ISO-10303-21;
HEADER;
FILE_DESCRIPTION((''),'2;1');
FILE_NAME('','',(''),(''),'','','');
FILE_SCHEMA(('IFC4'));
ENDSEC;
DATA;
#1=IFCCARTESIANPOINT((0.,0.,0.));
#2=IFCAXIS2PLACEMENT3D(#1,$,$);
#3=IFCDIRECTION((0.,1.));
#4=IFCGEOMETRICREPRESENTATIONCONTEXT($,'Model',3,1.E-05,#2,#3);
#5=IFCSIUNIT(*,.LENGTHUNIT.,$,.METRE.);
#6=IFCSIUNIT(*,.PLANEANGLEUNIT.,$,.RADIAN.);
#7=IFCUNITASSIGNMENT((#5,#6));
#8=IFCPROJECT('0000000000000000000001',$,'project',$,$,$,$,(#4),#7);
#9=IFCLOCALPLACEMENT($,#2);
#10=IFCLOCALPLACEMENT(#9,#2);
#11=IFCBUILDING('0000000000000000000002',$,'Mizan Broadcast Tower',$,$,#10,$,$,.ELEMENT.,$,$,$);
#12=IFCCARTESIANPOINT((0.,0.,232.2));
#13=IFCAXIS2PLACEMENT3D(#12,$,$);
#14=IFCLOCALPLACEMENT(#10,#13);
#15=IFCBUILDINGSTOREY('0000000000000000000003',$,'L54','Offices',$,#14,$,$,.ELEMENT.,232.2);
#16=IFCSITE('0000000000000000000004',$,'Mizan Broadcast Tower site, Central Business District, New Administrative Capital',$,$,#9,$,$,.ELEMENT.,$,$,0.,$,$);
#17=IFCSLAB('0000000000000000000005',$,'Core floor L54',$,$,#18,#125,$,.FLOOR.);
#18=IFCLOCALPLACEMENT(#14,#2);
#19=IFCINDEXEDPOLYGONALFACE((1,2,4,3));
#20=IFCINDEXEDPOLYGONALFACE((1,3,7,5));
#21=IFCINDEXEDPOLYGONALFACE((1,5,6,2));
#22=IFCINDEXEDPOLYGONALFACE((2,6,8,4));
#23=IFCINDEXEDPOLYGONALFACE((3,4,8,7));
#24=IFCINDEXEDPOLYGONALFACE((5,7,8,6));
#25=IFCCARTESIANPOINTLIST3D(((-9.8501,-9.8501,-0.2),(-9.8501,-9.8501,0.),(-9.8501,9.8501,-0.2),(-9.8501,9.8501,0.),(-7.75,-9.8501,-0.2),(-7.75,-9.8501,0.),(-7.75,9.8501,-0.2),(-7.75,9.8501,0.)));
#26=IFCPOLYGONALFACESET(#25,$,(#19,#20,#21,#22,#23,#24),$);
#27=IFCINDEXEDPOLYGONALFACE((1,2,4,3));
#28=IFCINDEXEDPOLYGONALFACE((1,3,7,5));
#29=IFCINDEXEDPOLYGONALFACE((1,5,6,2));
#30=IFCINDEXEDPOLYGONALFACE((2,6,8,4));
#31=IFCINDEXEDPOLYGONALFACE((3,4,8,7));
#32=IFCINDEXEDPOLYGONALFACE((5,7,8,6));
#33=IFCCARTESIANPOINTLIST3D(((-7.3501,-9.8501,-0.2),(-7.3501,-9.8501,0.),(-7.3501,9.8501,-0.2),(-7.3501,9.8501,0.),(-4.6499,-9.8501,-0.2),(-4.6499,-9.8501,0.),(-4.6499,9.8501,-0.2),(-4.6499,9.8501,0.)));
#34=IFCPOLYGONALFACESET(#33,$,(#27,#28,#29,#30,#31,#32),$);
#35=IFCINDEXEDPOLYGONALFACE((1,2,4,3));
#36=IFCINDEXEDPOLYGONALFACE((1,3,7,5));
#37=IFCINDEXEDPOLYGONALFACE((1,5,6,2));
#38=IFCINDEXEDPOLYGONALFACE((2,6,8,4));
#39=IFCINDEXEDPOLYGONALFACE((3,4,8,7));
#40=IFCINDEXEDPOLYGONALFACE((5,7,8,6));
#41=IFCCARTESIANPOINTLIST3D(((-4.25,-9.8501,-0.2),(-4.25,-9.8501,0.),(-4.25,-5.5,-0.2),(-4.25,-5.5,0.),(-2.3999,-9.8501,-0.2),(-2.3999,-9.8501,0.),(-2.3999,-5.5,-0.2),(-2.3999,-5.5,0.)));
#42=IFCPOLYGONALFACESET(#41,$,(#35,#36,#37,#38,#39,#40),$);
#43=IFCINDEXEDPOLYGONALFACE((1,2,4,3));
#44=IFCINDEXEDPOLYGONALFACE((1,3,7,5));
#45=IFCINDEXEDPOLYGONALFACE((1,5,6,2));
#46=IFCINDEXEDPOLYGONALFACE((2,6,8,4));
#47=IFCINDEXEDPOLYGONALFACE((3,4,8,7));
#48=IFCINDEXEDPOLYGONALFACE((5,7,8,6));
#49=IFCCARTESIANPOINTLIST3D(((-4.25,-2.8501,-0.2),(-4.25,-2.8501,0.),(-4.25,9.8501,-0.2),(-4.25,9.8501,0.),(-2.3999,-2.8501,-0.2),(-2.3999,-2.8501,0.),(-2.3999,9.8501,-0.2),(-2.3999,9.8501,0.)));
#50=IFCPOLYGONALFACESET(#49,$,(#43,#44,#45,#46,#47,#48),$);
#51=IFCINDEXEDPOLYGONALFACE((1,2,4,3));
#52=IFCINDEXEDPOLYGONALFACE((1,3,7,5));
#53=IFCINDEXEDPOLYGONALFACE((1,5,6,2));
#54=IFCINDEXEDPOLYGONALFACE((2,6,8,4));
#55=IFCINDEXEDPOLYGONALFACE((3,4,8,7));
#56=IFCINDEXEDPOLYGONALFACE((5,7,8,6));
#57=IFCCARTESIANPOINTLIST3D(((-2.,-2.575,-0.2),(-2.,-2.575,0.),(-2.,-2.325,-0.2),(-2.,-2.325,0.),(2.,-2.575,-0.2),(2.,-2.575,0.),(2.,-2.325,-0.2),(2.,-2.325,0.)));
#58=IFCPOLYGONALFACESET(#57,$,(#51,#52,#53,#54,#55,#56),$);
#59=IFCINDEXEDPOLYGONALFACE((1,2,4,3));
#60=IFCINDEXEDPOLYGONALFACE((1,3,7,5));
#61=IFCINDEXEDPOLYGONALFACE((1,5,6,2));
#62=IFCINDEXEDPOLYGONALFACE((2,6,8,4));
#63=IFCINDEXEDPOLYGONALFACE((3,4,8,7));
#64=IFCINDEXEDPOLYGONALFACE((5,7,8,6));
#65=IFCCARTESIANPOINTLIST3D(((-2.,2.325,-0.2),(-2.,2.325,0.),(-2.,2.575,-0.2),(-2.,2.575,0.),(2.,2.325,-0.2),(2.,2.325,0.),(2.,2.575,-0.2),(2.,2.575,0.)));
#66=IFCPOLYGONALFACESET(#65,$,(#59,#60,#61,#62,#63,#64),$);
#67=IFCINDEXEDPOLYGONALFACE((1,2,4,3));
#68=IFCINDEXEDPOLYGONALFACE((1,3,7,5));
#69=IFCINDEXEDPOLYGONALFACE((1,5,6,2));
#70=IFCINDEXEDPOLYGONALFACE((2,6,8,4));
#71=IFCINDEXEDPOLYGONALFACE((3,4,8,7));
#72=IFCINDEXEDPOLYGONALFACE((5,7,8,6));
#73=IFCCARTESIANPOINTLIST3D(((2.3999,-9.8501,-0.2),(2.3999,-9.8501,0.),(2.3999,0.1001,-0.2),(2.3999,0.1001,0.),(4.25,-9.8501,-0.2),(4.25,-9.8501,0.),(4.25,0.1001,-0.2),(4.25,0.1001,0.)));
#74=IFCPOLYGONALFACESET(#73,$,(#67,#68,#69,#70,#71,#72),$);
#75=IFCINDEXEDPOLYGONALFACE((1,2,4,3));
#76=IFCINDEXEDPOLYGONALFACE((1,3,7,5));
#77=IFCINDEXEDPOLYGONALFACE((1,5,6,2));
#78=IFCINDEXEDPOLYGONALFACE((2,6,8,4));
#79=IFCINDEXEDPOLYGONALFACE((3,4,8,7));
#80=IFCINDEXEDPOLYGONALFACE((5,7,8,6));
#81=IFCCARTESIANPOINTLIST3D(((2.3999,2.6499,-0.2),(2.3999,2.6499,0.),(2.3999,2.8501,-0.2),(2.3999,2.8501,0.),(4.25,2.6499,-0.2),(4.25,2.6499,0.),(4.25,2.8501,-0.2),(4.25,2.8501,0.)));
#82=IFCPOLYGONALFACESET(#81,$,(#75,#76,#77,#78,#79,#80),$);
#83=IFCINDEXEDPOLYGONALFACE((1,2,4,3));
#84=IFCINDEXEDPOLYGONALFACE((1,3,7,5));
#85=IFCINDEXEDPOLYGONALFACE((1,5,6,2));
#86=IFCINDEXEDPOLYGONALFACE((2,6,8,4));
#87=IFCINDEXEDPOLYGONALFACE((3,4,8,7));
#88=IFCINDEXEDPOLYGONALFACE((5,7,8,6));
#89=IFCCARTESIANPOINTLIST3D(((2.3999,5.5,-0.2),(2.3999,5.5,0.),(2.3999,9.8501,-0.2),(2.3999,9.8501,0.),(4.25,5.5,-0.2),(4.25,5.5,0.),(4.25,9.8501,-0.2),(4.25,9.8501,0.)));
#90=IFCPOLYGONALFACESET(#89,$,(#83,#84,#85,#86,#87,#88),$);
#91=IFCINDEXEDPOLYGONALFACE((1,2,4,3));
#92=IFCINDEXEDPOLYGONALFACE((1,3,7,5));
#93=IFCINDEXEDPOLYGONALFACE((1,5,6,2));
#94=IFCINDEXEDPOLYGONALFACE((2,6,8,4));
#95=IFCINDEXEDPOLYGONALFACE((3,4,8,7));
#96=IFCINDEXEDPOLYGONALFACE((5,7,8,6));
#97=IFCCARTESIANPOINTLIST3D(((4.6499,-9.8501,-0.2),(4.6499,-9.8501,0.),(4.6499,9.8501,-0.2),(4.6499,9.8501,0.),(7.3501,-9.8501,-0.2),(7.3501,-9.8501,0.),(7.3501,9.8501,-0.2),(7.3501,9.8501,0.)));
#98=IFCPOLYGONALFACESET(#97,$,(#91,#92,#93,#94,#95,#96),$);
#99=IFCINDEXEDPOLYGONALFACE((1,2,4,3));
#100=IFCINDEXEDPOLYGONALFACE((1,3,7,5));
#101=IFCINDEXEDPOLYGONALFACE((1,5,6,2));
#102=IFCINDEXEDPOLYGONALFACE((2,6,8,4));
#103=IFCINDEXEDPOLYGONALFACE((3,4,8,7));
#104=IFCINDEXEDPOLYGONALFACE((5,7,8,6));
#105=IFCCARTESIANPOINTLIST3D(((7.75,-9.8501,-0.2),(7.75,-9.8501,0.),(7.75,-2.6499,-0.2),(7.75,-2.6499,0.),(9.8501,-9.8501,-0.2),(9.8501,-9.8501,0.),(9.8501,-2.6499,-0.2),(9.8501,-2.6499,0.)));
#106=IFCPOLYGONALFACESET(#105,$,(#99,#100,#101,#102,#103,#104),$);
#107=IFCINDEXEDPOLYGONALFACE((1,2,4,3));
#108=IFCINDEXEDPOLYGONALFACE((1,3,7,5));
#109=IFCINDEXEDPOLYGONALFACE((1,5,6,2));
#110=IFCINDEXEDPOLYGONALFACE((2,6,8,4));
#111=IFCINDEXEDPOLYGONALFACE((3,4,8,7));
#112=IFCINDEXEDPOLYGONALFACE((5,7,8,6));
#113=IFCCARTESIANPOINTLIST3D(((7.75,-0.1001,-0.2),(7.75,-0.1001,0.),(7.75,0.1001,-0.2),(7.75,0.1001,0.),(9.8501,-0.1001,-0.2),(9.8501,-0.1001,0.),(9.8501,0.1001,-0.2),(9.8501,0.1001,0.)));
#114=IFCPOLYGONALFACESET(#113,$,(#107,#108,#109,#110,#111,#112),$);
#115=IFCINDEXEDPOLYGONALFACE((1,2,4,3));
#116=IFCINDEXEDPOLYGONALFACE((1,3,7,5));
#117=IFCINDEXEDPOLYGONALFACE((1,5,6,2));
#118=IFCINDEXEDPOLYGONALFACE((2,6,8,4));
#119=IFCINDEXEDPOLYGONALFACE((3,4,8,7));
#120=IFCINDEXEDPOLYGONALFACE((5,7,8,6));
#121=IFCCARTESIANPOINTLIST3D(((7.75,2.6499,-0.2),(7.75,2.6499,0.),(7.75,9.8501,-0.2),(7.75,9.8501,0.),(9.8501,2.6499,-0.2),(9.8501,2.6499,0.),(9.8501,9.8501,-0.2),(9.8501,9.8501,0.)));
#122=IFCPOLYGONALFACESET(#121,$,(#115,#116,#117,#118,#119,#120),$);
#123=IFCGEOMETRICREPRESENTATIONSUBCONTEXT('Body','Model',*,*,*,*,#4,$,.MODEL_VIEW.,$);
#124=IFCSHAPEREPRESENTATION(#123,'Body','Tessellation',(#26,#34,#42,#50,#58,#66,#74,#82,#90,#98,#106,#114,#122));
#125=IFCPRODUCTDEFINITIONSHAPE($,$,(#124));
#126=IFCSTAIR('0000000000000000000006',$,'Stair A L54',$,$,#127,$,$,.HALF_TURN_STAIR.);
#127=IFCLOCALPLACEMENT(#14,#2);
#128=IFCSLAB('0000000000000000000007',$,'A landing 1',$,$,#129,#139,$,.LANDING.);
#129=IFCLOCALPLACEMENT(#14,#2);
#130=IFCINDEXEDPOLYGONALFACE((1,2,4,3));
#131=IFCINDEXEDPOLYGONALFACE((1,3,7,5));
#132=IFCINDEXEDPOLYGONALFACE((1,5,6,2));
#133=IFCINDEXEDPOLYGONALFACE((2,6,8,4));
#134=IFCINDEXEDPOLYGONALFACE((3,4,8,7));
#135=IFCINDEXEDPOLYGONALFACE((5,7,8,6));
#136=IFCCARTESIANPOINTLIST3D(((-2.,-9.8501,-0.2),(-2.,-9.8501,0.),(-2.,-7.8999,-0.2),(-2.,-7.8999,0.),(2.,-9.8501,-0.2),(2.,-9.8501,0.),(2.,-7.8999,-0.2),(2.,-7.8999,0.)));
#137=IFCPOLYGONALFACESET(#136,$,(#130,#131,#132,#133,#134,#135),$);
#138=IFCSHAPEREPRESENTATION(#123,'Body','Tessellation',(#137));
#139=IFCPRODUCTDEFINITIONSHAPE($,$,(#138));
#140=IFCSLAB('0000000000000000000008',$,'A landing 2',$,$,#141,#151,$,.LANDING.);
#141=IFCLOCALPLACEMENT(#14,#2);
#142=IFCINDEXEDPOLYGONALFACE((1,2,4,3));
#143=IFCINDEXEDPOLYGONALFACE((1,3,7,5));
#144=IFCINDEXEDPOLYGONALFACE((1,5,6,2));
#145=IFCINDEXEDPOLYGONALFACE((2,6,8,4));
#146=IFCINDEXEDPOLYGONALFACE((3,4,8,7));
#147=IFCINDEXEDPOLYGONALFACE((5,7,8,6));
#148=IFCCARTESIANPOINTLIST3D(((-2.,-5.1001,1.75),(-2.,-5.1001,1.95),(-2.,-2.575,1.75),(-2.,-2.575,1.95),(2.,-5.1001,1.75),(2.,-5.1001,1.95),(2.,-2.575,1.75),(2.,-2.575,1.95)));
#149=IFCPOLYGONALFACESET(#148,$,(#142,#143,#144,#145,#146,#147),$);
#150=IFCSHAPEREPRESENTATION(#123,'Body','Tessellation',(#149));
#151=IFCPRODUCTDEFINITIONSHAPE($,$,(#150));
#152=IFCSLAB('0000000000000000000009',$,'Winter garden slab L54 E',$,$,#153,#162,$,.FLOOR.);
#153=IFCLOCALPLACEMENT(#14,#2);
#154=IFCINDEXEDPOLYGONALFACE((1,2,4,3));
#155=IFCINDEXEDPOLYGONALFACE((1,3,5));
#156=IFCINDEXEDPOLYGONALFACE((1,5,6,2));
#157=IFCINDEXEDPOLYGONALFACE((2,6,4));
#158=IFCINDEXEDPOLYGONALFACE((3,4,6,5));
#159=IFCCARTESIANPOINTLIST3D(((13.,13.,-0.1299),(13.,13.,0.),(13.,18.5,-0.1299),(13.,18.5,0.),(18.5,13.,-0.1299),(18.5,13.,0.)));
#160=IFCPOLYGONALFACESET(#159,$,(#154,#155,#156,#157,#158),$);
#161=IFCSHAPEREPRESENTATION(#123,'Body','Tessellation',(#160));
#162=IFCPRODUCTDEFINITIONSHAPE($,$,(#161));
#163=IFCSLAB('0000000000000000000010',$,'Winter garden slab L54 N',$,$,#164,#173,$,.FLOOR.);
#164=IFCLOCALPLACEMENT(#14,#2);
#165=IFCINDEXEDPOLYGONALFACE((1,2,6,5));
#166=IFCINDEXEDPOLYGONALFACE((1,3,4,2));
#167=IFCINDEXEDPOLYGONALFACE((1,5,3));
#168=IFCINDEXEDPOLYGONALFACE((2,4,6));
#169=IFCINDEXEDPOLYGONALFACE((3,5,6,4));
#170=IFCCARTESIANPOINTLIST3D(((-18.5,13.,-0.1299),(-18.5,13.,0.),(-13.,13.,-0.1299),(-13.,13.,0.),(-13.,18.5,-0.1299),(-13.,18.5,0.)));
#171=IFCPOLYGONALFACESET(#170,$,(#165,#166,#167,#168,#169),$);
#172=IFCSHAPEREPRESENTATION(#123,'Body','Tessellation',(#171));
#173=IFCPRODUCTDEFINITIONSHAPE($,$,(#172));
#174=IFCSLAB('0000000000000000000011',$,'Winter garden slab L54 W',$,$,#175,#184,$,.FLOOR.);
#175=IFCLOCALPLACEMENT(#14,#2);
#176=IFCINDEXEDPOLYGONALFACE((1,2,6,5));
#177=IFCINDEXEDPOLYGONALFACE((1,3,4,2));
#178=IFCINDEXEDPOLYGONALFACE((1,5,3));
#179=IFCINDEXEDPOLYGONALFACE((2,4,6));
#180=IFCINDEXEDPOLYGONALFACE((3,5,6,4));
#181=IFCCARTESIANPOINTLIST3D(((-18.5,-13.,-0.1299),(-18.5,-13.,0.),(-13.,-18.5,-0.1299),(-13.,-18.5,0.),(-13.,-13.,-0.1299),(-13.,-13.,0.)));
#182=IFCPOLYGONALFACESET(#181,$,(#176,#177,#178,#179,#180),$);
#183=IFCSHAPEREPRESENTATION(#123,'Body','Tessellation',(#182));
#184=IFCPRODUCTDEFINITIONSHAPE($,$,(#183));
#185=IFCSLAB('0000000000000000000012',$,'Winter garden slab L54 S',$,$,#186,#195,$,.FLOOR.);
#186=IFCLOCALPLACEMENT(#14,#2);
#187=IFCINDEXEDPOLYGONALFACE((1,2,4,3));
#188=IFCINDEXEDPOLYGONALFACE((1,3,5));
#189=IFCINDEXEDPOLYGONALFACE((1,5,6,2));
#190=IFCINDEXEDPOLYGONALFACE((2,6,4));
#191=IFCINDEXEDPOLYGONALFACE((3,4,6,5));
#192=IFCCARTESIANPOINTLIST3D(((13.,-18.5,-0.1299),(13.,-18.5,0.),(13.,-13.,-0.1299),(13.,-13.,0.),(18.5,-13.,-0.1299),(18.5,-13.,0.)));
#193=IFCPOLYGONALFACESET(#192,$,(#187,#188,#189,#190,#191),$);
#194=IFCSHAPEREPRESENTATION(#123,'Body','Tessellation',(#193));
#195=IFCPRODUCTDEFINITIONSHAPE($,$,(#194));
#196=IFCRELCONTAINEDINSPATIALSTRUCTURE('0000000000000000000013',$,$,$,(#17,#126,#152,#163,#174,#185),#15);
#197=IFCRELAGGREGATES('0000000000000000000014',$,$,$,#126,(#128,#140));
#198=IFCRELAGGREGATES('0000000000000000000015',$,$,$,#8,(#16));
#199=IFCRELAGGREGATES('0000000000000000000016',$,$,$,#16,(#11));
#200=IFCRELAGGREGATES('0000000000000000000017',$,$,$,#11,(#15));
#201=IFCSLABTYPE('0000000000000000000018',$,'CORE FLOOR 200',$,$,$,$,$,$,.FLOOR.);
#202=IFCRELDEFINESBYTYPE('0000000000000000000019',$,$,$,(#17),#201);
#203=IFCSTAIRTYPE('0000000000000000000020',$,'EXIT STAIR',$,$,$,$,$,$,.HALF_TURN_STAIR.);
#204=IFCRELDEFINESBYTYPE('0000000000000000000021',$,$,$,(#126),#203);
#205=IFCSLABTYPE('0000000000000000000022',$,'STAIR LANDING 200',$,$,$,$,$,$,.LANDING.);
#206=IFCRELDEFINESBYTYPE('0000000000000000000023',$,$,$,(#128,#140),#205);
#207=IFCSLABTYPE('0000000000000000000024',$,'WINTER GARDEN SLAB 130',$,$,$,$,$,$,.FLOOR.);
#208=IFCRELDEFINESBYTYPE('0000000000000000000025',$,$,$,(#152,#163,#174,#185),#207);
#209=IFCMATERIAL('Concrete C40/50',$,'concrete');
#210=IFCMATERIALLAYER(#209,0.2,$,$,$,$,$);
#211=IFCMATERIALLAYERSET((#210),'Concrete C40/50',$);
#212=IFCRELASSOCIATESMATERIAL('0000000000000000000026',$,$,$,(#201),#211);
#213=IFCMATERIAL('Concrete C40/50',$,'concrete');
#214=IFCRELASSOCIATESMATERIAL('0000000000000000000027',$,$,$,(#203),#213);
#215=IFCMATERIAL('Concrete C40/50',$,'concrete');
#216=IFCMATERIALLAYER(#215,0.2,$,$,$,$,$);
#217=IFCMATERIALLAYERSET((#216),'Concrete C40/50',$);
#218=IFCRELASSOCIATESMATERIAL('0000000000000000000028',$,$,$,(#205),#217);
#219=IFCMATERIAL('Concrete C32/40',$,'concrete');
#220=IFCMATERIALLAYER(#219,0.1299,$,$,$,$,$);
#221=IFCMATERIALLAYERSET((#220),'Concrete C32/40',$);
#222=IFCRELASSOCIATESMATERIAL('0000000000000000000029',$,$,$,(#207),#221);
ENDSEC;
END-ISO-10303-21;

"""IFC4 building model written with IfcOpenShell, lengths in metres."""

from ifc_helpers import new_model, si_unit, direction, frame, origin, place, context, subcontext, project, spatial, polyline, outline, extrude, material, layer, layer_set, type_object, element, aggregate, save


model = new_model("IFC4")

# Units and contexts
model_context = context("Model", 3, precision=1e-05, world=origin(), true_north=direction((0.0, 1.0)))
body_context = subcontext(model_context, "Body", "Model", "MODEL_VIEW")
ifc_project = project(units=[si_unit("LENGTHUNIT", "METRE"), si_unit("PLANEANGLEUNIT", "RADIAN")], contexts=[model_context])

# Site, building, storey
site_placement = place(None, origin())
site = spatial("IfcSite", under=ifc_project, at=site_placement, Name="Mizan Broadcast Tower site, Central Business District, New Administrative Capital", CompositionType="ELEMENT", RefElevation=0.0)
building_placement = place(site_placement, origin())
building = spatial("IfcBuilding", under=site, at=building_placement, Name="Mizan Broadcast Tower", CompositionType="ELEMENT")
storey_placement = place(building_placement, frame((0.0, 0.0, 232.2)))
storey = spatial("IfcBuildingStorey", under=building, at=storey_placement, Name="L54", Description="Offices", CompositionType="ELEMENT", Elevation=232.2)

# Slab
ifc_material_1 = material(Name="Concrete C40/50", Category="concrete")
ifc_layer_1 = layer(ifc_material_1, 0.2)
ifc_layer_set_1 = layer_set([ifc_layer_1], Name="Concrete C40/50")
slab_type_1 = type_object("IfcSlabType", Name="CORE FLOOR 200", PredefinedType="FLOOR", material=ifc_layer_set_1)
slab_1_placement = place(storey_placement, frame((0.0, 0.0, -0.2)))
element("IfcSlab", 1, at=slab_1_placement, inside=storey, type_object=slab_type_1, Name="Core floor L54", PredefinedType="FLOOR", context=body_context, shape_type="SweptSolid", body=[
    extrude(outline(polyline([(-9.8501, -9.8501), (-7.75, -9.8501), (-7.75, 9.8501), (-9.8501, 9.8501), (-9.8501, -9.8501)])), origin(), (0.0, 0.0, 1.0), 0.2),
    extrude(outline(polyline([(-4.6499, 9.8501), (-7.3501, 9.8501), (-7.3501, -9.8501), (-4.6499, -9.8501), (-4.6499, 9.8501)])), origin(), (0.0, 0.0, 1.0), 0.2),
    extrude(outline(polyline([(-4.25, -5.5), (-4.25, -9.8501), (-2.3999, -9.8501), (-2.3999, -5.5), (-4.25, -5.5)])), origin(), (0.0, 0.0, 1.0), 0.2),
    extrude(outline(polyline([(-4.25, -2.8501), (-2.3999, -2.8501), (-2.3999, 9.8501), (-4.25, 9.8501), (-4.25, -2.8501)])), origin(), (0.0, 0.0, 1.0), 0.2),
    extrude(outline(polyline([(2.0, -2.325), (-2.0, -2.325), (-2.0, -2.575), (2.0, -2.575), (2.0, -2.325)])), origin(), (0.0, 0.0, 1.0), 0.2),
    extrude(outline(polyline([(2.0, 2.575), (-2.0, 2.575), (-2.0, 2.325), (2.0, 2.325), (2.0, 2.575)])), origin(), (0.0, 0.0, 1.0), 0.2),
    extrude(outline(polyline([(4.25, -9.8501), (4.25, 0.1001), (2.3999, 0.1001), (2.3999, -9.8501), (4.25, -9.8501)])), origin(), (0.0, 0.0, 1.0), 0.2),
    extrude(outline(polyline([(4.25, 2.6499), (4.25, 2.8501), (2.3999, 2.8501), (2.3999, 2.6499), (4.25, 2.6499)])), origin(), (0.0, 0.0, 1.0), 0.2),
    extrude(outline(polyline([(4.25, 5.5), (4.25, 9.8501), (2.3999, 9.8501), (2.3999, 5.5), (4.25, 5.5)])), origin(), (0.0, 0.0, 1.0), 0.2),
    extrude(outline(polyline([(4.6499, 9.8501), (4.6499, -9.8501), (7.3501, -9.8501), (7.3501, 9.8501), (4.6499, 9.8501)])), origin(), (0.0, 0.0, 1.0), 0.2),
    extrude(outline(polyline([(9.8501, -9.8501), (9.8501, -2.6499), (7.75, -2.6499), (7.75, -9.8501), (9.8501, -9.8501)])), origin(), (0.0, 0.0, 1.0), 0.2),
    extrude(outline(polyline([(9.8501, -0.1001), (9.8501, 0.1001), (7.75, 0.1001), (7.75, -0.1001), (9.8501, -0.1001)])), origin(), (0.0, 0.0, 1.0), 0.2),
    extrude(outline(polyline([(7.75, 9.8501), (7.75, 2.6499), (9.8501, 2.6499), (9.8501, 9.8501), (7.75, 9.8501)])), origin(), (0.0, 0.0, 1.0), 0.2),
])

# Stair, slabs
ifc_material_2 = material(Name="Concrete C40/50", Category="concrete")
stair_type = type_object("IfcStairType", Name="EXIT STAIR", PredefinedType="HALF_TURN_STAIR", material=ifc_material_2)
stair_placement = place(storey_placement, origin())
stair = element("IfcStair", 2, at=stair_placement, inside=storey, type_object=stair_type, Name="Stair A L54", PredefinedType="HALF_TURN_STAIR")
ifc_material_3 = material(Name="Concrete C40/50", Category="concrete")
ifc_layer_2 = layer(ifc_material_3, 0.2)
ifc_layer_set_2 = layer_set([ifc_layer_2], Name="Concrete C40/50")
slab_type_2 = type_object("IfcSlabType", Name="STAIR LANDING 200", PredefinedType="LANDING", material=ifc_layer_set_2)
slab_2_placement = place(storey_placement, frame((0.0, 0.0, -0.2)))
slab_2 = element("IfcSlab", 3, at=slab_2_placement, type_object=slab_type_2, Name="A landing 1", PredefinedType="LANDING", context=body_context, shape_type="SweptSolid", body=[
    extrude(outline(polyline([(-2.0, -9.8501), (-2.0, -7.8999), (2.0, -7.8999), (2.0, -9.8501), (-2.0, -9.8501)])), origin(), (0.0, 0.0, 1.0), 0.2),
])
slab_3_placement = place(storey_placement, frame((0.0, 0.0, 1.75)))
slab_3 = element("IfcSlab", 4, at=slab_3_placement, type_object=slab_type_2, Name="A landing 2", PredefinedType="LANDING", context=body_context, shape_type="SweptSolid", body=[
    extrude(outline(polyline([(-2.0, -5.1001), (-2.0, -2.575), (2.0, -2.575), (2.0, -5.1001), (-2.0, -5.1001)])), origin(), (0.0, 0.0, 1.0), 0.2),
])

# Slabs
ifc_material_4 = material(Name="Concrete C32/40", Category="concrete")
ifc_layer_3 = layer(ifc_material_4, 0.1299)
ifc_layer_set_3 = layer_set([ifc_layer_3], Name="Concrete C32/40")
slab_type_3 = type_object("IfcSlabType", Name="WINTER GARDEN SLAB 130", PredefinedType="FLOOR", material=ifc_layer_set_3)
slab_4_placement = place(storey_placement, frame((0.0, 0.0, -0.1299)))
element("IfcSlab", 5, at=slab_4_placement, inside=storey, type_object=slab_type_3, Name="Winter garden slab L54 E", PredefinedType="FLOOR", context=body_context, shape_type="SweptSolid", body=[
    extrude(outline(polyline([(13.0, 13.0), (18.5, 13.0), (13.0, 18.5), (13.0, 13.0)])), origin(), (0.0, 0.0, 1.0), 0.1299),
])
slab_5_placement = place(storey_placement, frame((0.0, 0.0, -0.1299)))
element("IfcSlab", 6, at=slab_5_placement, inside=storey, type_object=slab_type_3, Name="Winter garden slab L54 N", PredefinedType="FLOOR", context=body_context, shape_type="SweptSolid", body=[
    extrude(outline(polyline([(-13.0, 13.0), (-13.0, 18.5), (-18.5, 13.0), (-13.0, 13.0)])), origin(), (0.0, 0.0, 1.0), 0.1299),
])
slab_6_placement = place(storey_placement, frame((0.0, 0.0, -0.1299)))
element("IfcSlab", 7, at=slab_6_placement, inside=storey, type_object=slab_type_3, Name="Winter garden slab L54 W", PredefinedType="FLOOR", context=body_context, shape_type="SweptSolid", body=[
    extrude(outline(polyline([(-13.0, -13.0), (-18.5, -13.0), (-13.0, -18.5), (-13.0, -13.0)])), origin(), (0.0, 0.0, 1.0), 0.1299),
])
slab_7_placement = place(storey_placement, frame((0.0, 0.0, -0.1299)))
element("IfcSlab", 8, at=slab_7_placement, inside=storey, type_object=slab_type_3, Name="Winter garden slab L54 S", PredefinedType="FLOOR", context=body_context, shape_type="SweptSolid", body=[
    extrude(outline(polyline([(13.0, -13.0), (13.0, -18.5), (18.5, -13.0), (13.0, -13.0)])), origin(), (0.0, 0.0, 1.0), 0.1299),
])

aggregate(stair, [slab_2, slab_3])

save(model, "model.ifc")
